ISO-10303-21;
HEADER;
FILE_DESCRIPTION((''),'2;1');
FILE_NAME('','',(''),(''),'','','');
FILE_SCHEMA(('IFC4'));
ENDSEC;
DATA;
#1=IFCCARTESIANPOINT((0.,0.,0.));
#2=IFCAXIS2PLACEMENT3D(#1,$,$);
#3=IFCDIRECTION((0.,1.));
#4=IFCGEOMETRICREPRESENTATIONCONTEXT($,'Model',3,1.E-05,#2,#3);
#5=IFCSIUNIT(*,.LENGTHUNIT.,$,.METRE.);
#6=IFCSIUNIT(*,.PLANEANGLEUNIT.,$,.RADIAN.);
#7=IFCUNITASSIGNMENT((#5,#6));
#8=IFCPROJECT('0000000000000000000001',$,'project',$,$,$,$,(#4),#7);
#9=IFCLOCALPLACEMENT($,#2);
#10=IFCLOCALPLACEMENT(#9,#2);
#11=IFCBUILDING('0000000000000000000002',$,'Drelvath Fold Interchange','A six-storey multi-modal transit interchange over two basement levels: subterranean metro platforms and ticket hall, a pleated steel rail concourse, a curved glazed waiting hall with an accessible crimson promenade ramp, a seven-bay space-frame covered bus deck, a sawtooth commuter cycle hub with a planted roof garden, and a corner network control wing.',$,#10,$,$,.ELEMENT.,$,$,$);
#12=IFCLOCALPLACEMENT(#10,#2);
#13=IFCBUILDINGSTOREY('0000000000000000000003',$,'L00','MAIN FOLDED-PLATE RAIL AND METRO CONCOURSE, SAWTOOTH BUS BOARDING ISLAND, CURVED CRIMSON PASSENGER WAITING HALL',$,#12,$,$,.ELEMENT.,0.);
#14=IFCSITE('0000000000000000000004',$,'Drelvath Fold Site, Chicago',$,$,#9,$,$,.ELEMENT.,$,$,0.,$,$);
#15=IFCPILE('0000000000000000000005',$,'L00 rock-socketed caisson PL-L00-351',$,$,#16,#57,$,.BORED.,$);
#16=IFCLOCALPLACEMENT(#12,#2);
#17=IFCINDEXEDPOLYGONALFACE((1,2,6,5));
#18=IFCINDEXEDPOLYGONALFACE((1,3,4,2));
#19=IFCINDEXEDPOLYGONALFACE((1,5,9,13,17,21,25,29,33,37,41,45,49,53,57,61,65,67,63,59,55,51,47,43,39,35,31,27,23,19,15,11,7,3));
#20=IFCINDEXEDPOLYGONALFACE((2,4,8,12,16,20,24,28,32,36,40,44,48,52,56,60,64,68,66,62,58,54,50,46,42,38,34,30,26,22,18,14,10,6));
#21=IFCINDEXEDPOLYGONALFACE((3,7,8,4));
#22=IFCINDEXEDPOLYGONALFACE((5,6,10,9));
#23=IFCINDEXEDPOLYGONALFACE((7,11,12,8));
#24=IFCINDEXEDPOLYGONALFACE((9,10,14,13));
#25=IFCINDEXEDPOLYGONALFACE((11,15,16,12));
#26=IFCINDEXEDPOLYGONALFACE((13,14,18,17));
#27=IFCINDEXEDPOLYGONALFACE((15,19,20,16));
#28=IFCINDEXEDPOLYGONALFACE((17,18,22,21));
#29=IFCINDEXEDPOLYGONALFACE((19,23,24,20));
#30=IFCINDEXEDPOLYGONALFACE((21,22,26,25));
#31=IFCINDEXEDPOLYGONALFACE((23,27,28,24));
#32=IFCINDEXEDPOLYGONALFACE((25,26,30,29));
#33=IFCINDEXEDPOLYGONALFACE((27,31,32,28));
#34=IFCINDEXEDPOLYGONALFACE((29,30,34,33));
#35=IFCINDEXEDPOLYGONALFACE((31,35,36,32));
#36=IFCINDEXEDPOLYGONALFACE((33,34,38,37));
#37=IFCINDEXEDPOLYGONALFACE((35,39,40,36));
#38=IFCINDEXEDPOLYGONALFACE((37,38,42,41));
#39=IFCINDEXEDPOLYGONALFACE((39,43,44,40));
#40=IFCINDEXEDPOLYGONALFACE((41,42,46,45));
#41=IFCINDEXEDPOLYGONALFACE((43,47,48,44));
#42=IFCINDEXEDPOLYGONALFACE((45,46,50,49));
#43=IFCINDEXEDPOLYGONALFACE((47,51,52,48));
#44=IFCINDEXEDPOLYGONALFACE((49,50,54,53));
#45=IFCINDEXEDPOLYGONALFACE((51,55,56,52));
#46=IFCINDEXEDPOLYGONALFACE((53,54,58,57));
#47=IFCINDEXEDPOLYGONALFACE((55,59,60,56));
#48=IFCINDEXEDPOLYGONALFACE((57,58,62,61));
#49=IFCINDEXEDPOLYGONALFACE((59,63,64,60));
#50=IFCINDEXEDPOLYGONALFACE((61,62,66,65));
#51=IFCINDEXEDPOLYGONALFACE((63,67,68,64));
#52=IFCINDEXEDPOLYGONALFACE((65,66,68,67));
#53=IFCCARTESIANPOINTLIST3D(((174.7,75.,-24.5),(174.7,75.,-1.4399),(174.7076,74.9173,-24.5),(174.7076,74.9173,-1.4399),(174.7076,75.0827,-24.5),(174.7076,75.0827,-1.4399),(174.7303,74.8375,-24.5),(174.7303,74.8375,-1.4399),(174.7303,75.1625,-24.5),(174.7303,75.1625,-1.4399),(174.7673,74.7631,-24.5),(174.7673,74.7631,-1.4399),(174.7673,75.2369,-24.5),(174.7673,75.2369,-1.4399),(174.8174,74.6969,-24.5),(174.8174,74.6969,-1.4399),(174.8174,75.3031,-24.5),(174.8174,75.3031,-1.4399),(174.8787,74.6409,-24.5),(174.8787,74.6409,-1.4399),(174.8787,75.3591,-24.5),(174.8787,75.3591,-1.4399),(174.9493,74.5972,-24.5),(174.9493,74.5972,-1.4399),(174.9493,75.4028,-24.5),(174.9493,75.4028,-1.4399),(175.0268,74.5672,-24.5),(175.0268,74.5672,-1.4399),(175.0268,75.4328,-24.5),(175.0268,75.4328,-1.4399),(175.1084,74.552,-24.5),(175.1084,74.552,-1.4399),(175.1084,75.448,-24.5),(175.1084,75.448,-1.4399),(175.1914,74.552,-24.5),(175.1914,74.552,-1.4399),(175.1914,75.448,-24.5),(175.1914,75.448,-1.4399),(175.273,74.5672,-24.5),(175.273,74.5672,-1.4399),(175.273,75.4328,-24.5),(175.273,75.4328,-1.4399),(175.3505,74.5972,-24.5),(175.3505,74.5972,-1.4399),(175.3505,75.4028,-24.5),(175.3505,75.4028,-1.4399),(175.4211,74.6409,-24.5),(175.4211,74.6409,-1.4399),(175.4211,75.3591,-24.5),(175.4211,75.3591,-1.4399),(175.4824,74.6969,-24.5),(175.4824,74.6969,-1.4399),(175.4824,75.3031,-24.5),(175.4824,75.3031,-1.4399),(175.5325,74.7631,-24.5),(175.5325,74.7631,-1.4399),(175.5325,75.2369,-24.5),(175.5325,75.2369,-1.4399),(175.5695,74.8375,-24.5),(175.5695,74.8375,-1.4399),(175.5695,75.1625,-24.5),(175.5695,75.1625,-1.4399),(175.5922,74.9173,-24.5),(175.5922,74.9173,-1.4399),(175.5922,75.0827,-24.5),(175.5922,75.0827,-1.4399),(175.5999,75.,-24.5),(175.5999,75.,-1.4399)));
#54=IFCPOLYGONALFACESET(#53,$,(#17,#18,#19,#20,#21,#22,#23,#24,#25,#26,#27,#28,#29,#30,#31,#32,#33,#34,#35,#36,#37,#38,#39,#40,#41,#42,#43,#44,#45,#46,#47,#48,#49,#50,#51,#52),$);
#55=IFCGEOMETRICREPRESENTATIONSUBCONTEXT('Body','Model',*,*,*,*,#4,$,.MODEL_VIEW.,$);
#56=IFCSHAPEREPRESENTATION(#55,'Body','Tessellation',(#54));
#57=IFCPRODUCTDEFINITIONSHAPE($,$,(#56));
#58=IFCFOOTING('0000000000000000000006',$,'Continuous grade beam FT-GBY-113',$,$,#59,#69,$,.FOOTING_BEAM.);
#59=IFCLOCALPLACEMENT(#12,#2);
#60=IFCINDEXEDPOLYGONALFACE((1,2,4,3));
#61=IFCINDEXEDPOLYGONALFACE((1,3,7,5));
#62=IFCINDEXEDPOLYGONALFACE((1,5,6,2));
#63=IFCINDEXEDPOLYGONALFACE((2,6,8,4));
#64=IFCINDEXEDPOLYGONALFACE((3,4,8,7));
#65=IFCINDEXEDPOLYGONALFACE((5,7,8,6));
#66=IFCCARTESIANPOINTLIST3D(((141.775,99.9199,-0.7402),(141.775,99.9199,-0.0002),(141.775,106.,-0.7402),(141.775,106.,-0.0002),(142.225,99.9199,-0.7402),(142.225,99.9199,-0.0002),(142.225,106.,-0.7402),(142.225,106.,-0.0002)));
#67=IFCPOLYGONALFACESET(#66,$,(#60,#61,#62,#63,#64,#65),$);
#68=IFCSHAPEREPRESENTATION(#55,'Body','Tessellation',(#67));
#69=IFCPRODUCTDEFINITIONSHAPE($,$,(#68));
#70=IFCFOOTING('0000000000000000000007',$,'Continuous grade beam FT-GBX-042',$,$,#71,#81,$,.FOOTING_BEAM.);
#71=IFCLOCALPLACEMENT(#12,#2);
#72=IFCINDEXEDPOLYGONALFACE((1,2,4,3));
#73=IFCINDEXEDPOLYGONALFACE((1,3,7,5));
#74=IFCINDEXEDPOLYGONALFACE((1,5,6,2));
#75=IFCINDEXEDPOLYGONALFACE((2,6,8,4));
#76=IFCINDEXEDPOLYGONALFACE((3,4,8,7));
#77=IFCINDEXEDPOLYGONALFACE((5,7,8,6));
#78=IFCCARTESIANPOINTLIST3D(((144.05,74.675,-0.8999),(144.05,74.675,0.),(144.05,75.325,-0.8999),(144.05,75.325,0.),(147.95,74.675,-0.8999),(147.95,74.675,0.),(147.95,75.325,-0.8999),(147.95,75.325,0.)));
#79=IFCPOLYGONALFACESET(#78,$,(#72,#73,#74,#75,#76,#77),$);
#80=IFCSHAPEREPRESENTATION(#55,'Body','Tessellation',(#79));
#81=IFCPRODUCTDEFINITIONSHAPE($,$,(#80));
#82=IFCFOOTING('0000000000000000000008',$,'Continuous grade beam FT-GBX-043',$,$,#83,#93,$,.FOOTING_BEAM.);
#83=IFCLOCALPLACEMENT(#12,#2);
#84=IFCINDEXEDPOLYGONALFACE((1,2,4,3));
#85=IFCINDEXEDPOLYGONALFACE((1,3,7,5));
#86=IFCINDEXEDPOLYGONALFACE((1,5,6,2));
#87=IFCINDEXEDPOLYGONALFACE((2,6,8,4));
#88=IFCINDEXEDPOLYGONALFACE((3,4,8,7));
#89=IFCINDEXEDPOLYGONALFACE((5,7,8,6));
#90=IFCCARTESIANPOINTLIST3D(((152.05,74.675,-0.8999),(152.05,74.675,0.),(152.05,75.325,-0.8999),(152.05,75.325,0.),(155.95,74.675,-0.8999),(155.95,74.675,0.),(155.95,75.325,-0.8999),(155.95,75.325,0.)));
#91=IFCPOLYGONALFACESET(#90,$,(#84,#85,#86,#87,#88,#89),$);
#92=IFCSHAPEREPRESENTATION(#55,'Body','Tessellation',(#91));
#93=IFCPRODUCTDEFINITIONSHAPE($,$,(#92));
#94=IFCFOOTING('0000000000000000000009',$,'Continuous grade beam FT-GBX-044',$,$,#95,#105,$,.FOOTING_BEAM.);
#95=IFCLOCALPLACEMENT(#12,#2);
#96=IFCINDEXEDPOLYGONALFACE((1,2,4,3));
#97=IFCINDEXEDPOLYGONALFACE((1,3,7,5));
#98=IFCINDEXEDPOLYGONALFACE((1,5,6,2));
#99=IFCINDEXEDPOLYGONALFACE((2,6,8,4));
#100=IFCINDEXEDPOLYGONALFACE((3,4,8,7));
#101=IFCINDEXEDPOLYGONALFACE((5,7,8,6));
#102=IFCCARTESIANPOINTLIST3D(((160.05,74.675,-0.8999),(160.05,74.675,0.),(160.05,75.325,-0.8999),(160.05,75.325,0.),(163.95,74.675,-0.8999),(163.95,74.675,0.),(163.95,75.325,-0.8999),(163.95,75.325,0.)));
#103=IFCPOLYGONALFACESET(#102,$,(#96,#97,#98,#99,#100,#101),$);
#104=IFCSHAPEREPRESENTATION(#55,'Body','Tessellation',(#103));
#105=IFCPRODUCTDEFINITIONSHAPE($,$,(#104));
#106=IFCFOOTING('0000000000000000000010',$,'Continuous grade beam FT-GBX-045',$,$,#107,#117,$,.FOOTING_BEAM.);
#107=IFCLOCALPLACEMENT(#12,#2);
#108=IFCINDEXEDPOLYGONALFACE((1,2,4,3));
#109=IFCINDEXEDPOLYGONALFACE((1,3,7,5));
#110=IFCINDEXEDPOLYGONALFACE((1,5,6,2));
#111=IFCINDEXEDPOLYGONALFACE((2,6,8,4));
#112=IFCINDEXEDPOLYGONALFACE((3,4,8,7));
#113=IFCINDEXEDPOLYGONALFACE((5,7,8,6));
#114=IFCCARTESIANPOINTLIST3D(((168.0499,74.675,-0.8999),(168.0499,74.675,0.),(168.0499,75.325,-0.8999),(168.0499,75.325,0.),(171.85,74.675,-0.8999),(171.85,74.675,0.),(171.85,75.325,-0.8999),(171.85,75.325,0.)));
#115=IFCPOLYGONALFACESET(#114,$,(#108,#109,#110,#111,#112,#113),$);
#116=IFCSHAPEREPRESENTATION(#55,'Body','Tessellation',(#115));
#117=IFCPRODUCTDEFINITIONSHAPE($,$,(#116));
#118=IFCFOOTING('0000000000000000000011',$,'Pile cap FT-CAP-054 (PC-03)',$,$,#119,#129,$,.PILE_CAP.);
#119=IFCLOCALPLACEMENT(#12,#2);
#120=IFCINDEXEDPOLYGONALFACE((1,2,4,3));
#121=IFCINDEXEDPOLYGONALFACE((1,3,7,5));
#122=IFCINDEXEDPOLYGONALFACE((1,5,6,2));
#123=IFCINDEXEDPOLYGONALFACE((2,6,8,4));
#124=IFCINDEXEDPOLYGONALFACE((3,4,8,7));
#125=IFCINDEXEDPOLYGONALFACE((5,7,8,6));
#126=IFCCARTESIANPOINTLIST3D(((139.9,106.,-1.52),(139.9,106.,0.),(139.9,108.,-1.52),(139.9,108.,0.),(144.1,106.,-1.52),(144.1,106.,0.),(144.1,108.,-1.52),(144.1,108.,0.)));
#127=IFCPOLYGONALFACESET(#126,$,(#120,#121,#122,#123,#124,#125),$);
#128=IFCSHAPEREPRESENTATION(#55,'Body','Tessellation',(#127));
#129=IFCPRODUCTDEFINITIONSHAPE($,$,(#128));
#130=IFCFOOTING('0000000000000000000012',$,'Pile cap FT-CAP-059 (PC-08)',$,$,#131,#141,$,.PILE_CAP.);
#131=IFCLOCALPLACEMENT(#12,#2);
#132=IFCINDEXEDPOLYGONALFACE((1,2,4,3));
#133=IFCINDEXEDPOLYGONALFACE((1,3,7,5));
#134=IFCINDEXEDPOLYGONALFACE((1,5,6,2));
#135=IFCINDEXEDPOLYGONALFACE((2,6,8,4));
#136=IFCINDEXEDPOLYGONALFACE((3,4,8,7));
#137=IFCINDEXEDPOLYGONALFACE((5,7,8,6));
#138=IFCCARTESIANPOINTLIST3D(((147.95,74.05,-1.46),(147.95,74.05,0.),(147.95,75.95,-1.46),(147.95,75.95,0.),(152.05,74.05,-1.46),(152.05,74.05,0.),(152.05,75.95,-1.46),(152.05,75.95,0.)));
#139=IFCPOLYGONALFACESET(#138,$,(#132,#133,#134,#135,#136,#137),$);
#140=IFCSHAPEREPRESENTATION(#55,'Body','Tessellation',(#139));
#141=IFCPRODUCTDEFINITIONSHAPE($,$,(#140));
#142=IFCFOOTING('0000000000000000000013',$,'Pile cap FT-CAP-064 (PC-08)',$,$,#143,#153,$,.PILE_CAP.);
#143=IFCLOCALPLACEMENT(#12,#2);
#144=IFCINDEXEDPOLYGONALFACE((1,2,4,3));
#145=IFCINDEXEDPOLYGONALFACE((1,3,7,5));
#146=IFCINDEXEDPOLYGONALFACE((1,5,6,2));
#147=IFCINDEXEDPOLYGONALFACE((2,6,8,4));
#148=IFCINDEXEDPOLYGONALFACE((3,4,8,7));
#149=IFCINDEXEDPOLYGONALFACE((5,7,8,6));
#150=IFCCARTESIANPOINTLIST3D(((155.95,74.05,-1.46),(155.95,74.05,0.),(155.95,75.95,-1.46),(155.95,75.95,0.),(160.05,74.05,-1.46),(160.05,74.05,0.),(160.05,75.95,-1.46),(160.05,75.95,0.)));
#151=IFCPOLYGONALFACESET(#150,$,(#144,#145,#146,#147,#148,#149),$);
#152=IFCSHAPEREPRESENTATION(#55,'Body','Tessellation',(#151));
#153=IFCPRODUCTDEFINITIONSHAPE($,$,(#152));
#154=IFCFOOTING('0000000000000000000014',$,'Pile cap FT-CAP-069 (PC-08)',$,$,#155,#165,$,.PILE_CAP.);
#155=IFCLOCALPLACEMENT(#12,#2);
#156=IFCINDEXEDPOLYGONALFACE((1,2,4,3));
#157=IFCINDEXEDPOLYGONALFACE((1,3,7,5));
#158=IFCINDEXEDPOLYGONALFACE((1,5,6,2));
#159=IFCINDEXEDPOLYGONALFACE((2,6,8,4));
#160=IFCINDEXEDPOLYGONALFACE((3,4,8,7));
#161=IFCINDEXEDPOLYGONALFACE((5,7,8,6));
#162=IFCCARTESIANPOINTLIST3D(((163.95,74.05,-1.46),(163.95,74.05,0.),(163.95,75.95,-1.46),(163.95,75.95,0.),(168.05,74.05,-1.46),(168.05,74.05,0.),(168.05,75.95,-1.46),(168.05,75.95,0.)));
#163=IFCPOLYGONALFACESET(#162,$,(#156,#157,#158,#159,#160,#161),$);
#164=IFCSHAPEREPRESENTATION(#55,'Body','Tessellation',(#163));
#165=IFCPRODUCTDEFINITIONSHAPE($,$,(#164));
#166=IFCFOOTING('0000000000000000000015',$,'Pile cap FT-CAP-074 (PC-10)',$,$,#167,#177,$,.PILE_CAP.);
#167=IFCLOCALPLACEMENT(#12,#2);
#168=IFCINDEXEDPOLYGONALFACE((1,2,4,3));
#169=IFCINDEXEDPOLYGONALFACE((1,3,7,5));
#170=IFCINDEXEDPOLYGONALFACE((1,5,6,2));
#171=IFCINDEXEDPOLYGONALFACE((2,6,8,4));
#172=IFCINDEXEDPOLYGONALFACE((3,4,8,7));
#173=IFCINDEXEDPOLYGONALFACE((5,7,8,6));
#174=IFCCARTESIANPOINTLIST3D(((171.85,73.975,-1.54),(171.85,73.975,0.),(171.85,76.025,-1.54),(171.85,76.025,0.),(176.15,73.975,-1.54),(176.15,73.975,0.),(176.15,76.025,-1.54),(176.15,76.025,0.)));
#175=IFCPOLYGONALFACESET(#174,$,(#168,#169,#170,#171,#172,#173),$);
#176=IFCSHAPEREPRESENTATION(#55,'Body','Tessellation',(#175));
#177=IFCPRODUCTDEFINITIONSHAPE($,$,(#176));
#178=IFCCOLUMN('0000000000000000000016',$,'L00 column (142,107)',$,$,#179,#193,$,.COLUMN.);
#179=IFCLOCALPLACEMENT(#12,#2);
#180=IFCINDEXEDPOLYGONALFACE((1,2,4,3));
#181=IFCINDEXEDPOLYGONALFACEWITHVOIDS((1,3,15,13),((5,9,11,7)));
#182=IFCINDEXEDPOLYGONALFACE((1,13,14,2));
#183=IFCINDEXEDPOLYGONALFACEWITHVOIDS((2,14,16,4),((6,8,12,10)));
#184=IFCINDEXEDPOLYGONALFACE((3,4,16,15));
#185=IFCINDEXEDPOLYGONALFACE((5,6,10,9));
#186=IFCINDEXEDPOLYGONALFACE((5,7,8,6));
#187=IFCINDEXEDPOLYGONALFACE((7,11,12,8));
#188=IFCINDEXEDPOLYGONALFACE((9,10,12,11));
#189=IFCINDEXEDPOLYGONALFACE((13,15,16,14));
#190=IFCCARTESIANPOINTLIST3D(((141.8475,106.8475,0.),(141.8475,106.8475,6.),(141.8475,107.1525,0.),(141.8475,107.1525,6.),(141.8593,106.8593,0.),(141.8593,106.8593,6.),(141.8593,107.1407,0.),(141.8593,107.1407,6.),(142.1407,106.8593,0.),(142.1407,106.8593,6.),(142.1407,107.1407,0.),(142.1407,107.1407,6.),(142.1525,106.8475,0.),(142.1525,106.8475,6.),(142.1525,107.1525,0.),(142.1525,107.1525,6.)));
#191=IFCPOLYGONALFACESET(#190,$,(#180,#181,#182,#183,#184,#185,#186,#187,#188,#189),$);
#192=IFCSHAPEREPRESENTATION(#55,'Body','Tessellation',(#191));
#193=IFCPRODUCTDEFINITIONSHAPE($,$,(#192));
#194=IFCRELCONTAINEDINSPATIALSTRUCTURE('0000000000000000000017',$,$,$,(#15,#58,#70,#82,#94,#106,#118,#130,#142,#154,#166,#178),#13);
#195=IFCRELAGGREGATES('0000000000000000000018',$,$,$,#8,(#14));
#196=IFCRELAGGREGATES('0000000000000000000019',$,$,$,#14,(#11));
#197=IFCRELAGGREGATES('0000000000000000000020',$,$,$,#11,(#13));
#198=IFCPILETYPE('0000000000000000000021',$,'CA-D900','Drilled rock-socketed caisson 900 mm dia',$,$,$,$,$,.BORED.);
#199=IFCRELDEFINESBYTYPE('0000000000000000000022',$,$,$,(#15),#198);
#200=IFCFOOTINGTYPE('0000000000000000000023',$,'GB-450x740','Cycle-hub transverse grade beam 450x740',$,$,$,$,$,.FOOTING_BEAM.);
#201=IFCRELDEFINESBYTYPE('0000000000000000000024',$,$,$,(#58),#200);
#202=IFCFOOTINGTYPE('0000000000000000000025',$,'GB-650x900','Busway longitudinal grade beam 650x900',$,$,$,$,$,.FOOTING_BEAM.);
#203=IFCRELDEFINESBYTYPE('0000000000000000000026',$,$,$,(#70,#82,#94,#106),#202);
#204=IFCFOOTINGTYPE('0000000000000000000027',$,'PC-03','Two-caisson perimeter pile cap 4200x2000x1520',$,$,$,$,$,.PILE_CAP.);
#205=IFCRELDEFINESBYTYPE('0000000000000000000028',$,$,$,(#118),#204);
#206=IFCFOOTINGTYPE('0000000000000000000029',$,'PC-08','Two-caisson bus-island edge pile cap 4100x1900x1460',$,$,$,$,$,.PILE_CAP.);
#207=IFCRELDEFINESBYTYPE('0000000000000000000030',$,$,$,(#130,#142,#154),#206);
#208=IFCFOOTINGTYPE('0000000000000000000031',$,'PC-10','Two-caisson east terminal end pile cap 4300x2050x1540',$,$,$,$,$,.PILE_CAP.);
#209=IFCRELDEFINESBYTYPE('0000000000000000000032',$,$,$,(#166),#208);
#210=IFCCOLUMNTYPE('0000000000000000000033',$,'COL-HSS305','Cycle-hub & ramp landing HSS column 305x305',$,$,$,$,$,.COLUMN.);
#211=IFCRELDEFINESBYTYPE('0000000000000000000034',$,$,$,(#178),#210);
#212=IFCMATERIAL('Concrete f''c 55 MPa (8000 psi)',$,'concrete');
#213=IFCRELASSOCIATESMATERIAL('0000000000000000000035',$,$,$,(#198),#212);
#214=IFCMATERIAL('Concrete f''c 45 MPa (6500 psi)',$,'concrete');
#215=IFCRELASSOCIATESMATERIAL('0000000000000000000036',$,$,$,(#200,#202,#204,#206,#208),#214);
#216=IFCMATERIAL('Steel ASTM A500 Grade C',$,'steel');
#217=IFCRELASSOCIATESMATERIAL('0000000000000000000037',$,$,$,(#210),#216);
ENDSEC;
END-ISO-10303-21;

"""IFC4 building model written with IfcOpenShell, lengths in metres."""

from ifc_helpers import new_model, si_unit, direction, frame, origin, origin_2d, place, context, subcontext, project, spatial, rectangle, hollow_rectangle, circle, extrude, material, material_profile, profile_set, type_object, element, save


model = new_model("IFC4")

# Units and contexts
model_context = context("Model", 3, precision=1e-05, world=origin(), true_north=direction((0.0, 1.0)))
body_context = subcontext(model_context, "Body", "Model", "MODEL_VIEW")
ifc_project = project(units=[si_unit("LENGTHUNIT", "METRE"), si_unit("PLANEANGLEUNIT", "RADIAN")], contexts=[model_context])

# Site, building, storey
site_placement = place(None, origin())
site = spatial("IfcSite", under=ifc_project, at=site_placement, Name="Drelvath Fold Site, Chicago", CompositionType="ELEMENT", RefElevation=0.0)
building_placement = place(site_placement, origin())
building = spatial("IfcBuilding", under=site, at=building_placement, Name="Drelvath Fold Interchange", Description="A six-storey multi-modal transit interchange over two basement levels: subterranean metro platforms and ticket hall, a pleated steel rail concourse, a curved glazed waiting hall with an accessible crimson promenade ramp, a seven-bay space-frame covered bus deck, a sawtooth commuter cycle hub with a planted roof garden, and a corner network control wing.", CompositionType="ELEMENT")
storey_placement = place(building_placement, origin())
storey = spatial("IfcBuildingStorey", under=building, at=storey_placement, Name="L00", Description="MAIN FOLDED-PLATE RAIL AND METRO CONCOURSE, SAWTOOTH BUS BOARDING ISLAND, CURVED CRIMSON PASSENGER WAITING HALL", CompositionType="ELEMENT", Elevation=0.0)

# Pile
ifc_material_1 = material(Name="Concrete f'c 55 MPa (8000 psi)", Category="concrete")
ifc_material_profile_1 = material_profile(ifc_material_1, circle(Radius=0.45, at=origin_2d()), Name="CAISSON D900")
ifc_profile_set_1 = profile_set([ifc_material_profile_1], Name="Concrete f'c 55 MPa (8000 psi)")
pile_type = type_object("IfcPileType", Name="CA-D900", Description="Drilled rock-socketed caisson 900 mm dia", PredefinedType="BORED", material=ifc_profile_set_1)
for number, where, z_axis, x_axis, name in (
    (1, (175.1499, 75.0, -1.4399), (0.0, 0.0, -1.0), (1.0, 0.0, 0.0), "L00 rock-socketed caisson PL-L00-351"),
):
    element("IfcPile", number, at=place(storey_placement, frame(where, z_axis=z_axis, x_axis=x_axis)), inside=storey, type_object=pile_type, Name=name, PredefinedType="BORED", context=body_context, shape_type="SweptSolid", body=[
        extrude(circle(Radius=0.45, at=origin_2d()), origin(), (0.0, 0.0, 1.0), 23.0601),
    ])

# Footings
ifc_material_2 = material(Name="Concrete f'c 45 MPa (6500 psi)", Category="concrete")
footing_type_1 = type_object("IfcFootingType", Name="GB-450x740", Description="Cycle-hub transverse grade beam 450x740", PredefinedType="FOOTING_BEAM", material=ifc_material_2)
footing_1_placement = place(storey_placement, frame((142.0, 102.96, -0.7402), z_axis=(0.0, 0.0, 1.0), x_axis=(1.0, 0.0, 0.0)))
element("IfcFooting", 2, at=footing_1_placement, inside=storey, type_object=footing_type_1, Name="Continuous grade beam FT-GBY-113", PredefinedType="FOOTING_BEAM", context=body_context, shape_type="SweptSolid", body=[
    extrude(rectangle(XDim=0.45, YDim=6.0801, at=origin_2d()), origin(), (0.0, 0.0, 1.0), 0.74),
])
footing_type_2 = type_object("IfcFootingType", Name="GB-650x900", Description="Busway longitudinal grade beam 650x900", PredefinedType="FOOTING_BEAM", material=ifc_material_2)
for number, where, z_axis, x_axis, name in (
    (3, (146.0, 75.0, -0.8999), (0.0, 0.0, 1.0), (1.0, 0.0, 0.0), "Continuous grade beam FT-GBX-042"),
    (4, (154.0, 75.0, -0.8999), (0.0, 0.0, 1.0), (1.0, 0.0, 0.0), "Continuous grade beam FT-GBX-043"),
    (5, (162.0, 75.0, -0.8999), (0.0, 0.0, 1.0), (1.0, 0.0, 0.0), "Continuous grade beam FT-GBX-044"),
):
    element("IfcFooting", number, at=place(storey_placement, frame(where, z_axis=z_axis, x_axis=x_axis)), inside=storey, type_object=footing_type_2, Name=name, PredefinedType="FOOTING_BEAM", context=body_context, shape_type="SweptSolid", body=[
        extrude(rectangle(XDim=3.8999, YDim=0.6499, at=origin_2d()), origin(), (0.0, 0.0, 1.0), 0.8999),
    ])
footing_2_placement = place(storey_placement, frame((169.95, 75.0, -0.8999), z_axis=(0.0, 0.0, 1.0), x_axis=(1.0, 0.0, 0.0)))
element("IfcFooting", 6, at=footing_2_placement, inside=storey, type_object=footing_type_2, Name="Continuous grade beam FT-GBX-045", PredefinedType="FOOTING_BEAM", context=body_context, shape_type="SweptSolid", body=[
    extrude(rectangle(XDim=3.8, YDim=0.6499, at=origin_2d()), origin(), (0.0, 0.0, 1.0), 0.8999),
])
footing_type_3 = type_object("IfcFootingType", Name="PC-03", Description="Two-caisson perimeter pile cap 4200x2000x1520", PredefinedType="PILE_CAP", material=ifc_material_2)
footing_3_placement = place(storey_placement, frame((142.0, 107.0, -1.52), z_axis=(0.0, 0.0, 1.0), x_axis=(1.0, 0.0, 0.0)))
element("IfcFooting", 7, at=footing_3_placement, inside=storey, type_object=footing_type_3, Name="Pile cap FT-CAP-054 (PC-03)", PredefinedType="PILE_CAP", context=body_context, shape_type="SweptSolid", body=[
    extrude(rectangle(XDim=4.2, YDim=2.0, at=origin_2d()), origin(), (0.0, 0.0, 1.0), 1.52),
])
footing_type_4 = type_object("IfcFootingType", Name="PC-08", Description="Two-caisson bus-island edge pile cap 4100x1900x1460", PredefinedType="PILE_CAP", material=ifc_material_2)
for number, where, z_axis, x_axis, name in (
    (8, (150.0, 75.0, -1.46), (0.0, 0.0, 1.0), (1.0, 0.0, 0.0), "Pile cap FT-CAP-059 (PC-08)"),
    (9, (158.0, 75.0, -1.46), (0.0, 0.0, 1.0), (1.0, 0.0, 0.0), "Pile cap FT-CAP-064 (PC-08)"),
    (10, (166.0, 75.0, -1.46), (0.0, 0.0, 1.0), (1.0, 0.0, 0.0), "Pile cap FT-CAP-069 (PC-08)"),
):
    element("IfcFooting", number, at=place(storey_placement, frame(where, z_axis=z_axis, x_axis=x_axis)), inside=storey, type_object=footing_type_4, Name=name, PredefinedType="PILE_CAP", context=body_context, shape_type="SweptSolid", body=[
        extrude(rectangle(XDim=4.1001, YDim=1.8999, at=origin_2d()), origin(), (0.0, 0.0, 1.0), 1.46),
    ])
footing_type_5 = type_object("IfcFootingType", Name="PC-10", Description="Two-caisson east terminal end pile cap 4300x2050x1540", PredefinedType="PILE_CAP", material=ifc_material_2)
footing_4_placement = place(storey_placement, frame((174.0, 75.0, -1.54), z_axis=(0.0, 0.0, 1.0), x_axis=(1.0, 0.0, 0.0)))
element("IfcFooting", 11, at=footing_4_placement, inside=storey, type_object=footing_type_5, Name="Pile cap FT-CAP-074 (PC-10)", PredefinedType="PILE_CAP", context=body_context, shape_type="SweptSolid", body=[
    extrude(rectangle(XDim=4.3, YDim=2.05, at=origin_2d()), origin(), (0.0, 0.0, 1.0), 1.54),
])

# Column
ifc_material_3 = material(Name="Steel ASTM A500 Grade C", Category="steel")
ifc_material_profile_2 = material_profile(ifc_material_3, hollow_rectangle(XDim=0.3049, YDim=0.3049, WallThickness=0.0117, at=origin_2d()), Name="HSS12X12X1/2")
ifc_profile_set_2 = profile_set([ifc_material_profile_2], Name="Steel ASTM A500 Grade C")
column_type = type_object("IfcColumnType", Name="COL-HSS305", Description="Cycle-hub & ramp landing HSS column 305x305", PredefinedType="COLUMN", material=ifc_profile_set_2)
column_placement = place(storey_placement, frame((142.0, 107.0, 0.0), z_axis=(0.0, 0.0, 1.0), x_axis=(1.0, 0.0, 0.0)))
element("IfcColumn", 12, at=column_placement, inside=storey, type_object=column_type, Name="L00 column (142,107)", PredefinedType="COLUMN", context=body_context, shape_type="SweptSolid", body=[
    extrude(hollow_rectangle(XDim=0.3049, YDim=0.3049, WallThickness=0.0117, at=origin_2d()), origin(), (0.0, 0.0, 1.0), 6.0),
])

save(model, "model.ifc")
